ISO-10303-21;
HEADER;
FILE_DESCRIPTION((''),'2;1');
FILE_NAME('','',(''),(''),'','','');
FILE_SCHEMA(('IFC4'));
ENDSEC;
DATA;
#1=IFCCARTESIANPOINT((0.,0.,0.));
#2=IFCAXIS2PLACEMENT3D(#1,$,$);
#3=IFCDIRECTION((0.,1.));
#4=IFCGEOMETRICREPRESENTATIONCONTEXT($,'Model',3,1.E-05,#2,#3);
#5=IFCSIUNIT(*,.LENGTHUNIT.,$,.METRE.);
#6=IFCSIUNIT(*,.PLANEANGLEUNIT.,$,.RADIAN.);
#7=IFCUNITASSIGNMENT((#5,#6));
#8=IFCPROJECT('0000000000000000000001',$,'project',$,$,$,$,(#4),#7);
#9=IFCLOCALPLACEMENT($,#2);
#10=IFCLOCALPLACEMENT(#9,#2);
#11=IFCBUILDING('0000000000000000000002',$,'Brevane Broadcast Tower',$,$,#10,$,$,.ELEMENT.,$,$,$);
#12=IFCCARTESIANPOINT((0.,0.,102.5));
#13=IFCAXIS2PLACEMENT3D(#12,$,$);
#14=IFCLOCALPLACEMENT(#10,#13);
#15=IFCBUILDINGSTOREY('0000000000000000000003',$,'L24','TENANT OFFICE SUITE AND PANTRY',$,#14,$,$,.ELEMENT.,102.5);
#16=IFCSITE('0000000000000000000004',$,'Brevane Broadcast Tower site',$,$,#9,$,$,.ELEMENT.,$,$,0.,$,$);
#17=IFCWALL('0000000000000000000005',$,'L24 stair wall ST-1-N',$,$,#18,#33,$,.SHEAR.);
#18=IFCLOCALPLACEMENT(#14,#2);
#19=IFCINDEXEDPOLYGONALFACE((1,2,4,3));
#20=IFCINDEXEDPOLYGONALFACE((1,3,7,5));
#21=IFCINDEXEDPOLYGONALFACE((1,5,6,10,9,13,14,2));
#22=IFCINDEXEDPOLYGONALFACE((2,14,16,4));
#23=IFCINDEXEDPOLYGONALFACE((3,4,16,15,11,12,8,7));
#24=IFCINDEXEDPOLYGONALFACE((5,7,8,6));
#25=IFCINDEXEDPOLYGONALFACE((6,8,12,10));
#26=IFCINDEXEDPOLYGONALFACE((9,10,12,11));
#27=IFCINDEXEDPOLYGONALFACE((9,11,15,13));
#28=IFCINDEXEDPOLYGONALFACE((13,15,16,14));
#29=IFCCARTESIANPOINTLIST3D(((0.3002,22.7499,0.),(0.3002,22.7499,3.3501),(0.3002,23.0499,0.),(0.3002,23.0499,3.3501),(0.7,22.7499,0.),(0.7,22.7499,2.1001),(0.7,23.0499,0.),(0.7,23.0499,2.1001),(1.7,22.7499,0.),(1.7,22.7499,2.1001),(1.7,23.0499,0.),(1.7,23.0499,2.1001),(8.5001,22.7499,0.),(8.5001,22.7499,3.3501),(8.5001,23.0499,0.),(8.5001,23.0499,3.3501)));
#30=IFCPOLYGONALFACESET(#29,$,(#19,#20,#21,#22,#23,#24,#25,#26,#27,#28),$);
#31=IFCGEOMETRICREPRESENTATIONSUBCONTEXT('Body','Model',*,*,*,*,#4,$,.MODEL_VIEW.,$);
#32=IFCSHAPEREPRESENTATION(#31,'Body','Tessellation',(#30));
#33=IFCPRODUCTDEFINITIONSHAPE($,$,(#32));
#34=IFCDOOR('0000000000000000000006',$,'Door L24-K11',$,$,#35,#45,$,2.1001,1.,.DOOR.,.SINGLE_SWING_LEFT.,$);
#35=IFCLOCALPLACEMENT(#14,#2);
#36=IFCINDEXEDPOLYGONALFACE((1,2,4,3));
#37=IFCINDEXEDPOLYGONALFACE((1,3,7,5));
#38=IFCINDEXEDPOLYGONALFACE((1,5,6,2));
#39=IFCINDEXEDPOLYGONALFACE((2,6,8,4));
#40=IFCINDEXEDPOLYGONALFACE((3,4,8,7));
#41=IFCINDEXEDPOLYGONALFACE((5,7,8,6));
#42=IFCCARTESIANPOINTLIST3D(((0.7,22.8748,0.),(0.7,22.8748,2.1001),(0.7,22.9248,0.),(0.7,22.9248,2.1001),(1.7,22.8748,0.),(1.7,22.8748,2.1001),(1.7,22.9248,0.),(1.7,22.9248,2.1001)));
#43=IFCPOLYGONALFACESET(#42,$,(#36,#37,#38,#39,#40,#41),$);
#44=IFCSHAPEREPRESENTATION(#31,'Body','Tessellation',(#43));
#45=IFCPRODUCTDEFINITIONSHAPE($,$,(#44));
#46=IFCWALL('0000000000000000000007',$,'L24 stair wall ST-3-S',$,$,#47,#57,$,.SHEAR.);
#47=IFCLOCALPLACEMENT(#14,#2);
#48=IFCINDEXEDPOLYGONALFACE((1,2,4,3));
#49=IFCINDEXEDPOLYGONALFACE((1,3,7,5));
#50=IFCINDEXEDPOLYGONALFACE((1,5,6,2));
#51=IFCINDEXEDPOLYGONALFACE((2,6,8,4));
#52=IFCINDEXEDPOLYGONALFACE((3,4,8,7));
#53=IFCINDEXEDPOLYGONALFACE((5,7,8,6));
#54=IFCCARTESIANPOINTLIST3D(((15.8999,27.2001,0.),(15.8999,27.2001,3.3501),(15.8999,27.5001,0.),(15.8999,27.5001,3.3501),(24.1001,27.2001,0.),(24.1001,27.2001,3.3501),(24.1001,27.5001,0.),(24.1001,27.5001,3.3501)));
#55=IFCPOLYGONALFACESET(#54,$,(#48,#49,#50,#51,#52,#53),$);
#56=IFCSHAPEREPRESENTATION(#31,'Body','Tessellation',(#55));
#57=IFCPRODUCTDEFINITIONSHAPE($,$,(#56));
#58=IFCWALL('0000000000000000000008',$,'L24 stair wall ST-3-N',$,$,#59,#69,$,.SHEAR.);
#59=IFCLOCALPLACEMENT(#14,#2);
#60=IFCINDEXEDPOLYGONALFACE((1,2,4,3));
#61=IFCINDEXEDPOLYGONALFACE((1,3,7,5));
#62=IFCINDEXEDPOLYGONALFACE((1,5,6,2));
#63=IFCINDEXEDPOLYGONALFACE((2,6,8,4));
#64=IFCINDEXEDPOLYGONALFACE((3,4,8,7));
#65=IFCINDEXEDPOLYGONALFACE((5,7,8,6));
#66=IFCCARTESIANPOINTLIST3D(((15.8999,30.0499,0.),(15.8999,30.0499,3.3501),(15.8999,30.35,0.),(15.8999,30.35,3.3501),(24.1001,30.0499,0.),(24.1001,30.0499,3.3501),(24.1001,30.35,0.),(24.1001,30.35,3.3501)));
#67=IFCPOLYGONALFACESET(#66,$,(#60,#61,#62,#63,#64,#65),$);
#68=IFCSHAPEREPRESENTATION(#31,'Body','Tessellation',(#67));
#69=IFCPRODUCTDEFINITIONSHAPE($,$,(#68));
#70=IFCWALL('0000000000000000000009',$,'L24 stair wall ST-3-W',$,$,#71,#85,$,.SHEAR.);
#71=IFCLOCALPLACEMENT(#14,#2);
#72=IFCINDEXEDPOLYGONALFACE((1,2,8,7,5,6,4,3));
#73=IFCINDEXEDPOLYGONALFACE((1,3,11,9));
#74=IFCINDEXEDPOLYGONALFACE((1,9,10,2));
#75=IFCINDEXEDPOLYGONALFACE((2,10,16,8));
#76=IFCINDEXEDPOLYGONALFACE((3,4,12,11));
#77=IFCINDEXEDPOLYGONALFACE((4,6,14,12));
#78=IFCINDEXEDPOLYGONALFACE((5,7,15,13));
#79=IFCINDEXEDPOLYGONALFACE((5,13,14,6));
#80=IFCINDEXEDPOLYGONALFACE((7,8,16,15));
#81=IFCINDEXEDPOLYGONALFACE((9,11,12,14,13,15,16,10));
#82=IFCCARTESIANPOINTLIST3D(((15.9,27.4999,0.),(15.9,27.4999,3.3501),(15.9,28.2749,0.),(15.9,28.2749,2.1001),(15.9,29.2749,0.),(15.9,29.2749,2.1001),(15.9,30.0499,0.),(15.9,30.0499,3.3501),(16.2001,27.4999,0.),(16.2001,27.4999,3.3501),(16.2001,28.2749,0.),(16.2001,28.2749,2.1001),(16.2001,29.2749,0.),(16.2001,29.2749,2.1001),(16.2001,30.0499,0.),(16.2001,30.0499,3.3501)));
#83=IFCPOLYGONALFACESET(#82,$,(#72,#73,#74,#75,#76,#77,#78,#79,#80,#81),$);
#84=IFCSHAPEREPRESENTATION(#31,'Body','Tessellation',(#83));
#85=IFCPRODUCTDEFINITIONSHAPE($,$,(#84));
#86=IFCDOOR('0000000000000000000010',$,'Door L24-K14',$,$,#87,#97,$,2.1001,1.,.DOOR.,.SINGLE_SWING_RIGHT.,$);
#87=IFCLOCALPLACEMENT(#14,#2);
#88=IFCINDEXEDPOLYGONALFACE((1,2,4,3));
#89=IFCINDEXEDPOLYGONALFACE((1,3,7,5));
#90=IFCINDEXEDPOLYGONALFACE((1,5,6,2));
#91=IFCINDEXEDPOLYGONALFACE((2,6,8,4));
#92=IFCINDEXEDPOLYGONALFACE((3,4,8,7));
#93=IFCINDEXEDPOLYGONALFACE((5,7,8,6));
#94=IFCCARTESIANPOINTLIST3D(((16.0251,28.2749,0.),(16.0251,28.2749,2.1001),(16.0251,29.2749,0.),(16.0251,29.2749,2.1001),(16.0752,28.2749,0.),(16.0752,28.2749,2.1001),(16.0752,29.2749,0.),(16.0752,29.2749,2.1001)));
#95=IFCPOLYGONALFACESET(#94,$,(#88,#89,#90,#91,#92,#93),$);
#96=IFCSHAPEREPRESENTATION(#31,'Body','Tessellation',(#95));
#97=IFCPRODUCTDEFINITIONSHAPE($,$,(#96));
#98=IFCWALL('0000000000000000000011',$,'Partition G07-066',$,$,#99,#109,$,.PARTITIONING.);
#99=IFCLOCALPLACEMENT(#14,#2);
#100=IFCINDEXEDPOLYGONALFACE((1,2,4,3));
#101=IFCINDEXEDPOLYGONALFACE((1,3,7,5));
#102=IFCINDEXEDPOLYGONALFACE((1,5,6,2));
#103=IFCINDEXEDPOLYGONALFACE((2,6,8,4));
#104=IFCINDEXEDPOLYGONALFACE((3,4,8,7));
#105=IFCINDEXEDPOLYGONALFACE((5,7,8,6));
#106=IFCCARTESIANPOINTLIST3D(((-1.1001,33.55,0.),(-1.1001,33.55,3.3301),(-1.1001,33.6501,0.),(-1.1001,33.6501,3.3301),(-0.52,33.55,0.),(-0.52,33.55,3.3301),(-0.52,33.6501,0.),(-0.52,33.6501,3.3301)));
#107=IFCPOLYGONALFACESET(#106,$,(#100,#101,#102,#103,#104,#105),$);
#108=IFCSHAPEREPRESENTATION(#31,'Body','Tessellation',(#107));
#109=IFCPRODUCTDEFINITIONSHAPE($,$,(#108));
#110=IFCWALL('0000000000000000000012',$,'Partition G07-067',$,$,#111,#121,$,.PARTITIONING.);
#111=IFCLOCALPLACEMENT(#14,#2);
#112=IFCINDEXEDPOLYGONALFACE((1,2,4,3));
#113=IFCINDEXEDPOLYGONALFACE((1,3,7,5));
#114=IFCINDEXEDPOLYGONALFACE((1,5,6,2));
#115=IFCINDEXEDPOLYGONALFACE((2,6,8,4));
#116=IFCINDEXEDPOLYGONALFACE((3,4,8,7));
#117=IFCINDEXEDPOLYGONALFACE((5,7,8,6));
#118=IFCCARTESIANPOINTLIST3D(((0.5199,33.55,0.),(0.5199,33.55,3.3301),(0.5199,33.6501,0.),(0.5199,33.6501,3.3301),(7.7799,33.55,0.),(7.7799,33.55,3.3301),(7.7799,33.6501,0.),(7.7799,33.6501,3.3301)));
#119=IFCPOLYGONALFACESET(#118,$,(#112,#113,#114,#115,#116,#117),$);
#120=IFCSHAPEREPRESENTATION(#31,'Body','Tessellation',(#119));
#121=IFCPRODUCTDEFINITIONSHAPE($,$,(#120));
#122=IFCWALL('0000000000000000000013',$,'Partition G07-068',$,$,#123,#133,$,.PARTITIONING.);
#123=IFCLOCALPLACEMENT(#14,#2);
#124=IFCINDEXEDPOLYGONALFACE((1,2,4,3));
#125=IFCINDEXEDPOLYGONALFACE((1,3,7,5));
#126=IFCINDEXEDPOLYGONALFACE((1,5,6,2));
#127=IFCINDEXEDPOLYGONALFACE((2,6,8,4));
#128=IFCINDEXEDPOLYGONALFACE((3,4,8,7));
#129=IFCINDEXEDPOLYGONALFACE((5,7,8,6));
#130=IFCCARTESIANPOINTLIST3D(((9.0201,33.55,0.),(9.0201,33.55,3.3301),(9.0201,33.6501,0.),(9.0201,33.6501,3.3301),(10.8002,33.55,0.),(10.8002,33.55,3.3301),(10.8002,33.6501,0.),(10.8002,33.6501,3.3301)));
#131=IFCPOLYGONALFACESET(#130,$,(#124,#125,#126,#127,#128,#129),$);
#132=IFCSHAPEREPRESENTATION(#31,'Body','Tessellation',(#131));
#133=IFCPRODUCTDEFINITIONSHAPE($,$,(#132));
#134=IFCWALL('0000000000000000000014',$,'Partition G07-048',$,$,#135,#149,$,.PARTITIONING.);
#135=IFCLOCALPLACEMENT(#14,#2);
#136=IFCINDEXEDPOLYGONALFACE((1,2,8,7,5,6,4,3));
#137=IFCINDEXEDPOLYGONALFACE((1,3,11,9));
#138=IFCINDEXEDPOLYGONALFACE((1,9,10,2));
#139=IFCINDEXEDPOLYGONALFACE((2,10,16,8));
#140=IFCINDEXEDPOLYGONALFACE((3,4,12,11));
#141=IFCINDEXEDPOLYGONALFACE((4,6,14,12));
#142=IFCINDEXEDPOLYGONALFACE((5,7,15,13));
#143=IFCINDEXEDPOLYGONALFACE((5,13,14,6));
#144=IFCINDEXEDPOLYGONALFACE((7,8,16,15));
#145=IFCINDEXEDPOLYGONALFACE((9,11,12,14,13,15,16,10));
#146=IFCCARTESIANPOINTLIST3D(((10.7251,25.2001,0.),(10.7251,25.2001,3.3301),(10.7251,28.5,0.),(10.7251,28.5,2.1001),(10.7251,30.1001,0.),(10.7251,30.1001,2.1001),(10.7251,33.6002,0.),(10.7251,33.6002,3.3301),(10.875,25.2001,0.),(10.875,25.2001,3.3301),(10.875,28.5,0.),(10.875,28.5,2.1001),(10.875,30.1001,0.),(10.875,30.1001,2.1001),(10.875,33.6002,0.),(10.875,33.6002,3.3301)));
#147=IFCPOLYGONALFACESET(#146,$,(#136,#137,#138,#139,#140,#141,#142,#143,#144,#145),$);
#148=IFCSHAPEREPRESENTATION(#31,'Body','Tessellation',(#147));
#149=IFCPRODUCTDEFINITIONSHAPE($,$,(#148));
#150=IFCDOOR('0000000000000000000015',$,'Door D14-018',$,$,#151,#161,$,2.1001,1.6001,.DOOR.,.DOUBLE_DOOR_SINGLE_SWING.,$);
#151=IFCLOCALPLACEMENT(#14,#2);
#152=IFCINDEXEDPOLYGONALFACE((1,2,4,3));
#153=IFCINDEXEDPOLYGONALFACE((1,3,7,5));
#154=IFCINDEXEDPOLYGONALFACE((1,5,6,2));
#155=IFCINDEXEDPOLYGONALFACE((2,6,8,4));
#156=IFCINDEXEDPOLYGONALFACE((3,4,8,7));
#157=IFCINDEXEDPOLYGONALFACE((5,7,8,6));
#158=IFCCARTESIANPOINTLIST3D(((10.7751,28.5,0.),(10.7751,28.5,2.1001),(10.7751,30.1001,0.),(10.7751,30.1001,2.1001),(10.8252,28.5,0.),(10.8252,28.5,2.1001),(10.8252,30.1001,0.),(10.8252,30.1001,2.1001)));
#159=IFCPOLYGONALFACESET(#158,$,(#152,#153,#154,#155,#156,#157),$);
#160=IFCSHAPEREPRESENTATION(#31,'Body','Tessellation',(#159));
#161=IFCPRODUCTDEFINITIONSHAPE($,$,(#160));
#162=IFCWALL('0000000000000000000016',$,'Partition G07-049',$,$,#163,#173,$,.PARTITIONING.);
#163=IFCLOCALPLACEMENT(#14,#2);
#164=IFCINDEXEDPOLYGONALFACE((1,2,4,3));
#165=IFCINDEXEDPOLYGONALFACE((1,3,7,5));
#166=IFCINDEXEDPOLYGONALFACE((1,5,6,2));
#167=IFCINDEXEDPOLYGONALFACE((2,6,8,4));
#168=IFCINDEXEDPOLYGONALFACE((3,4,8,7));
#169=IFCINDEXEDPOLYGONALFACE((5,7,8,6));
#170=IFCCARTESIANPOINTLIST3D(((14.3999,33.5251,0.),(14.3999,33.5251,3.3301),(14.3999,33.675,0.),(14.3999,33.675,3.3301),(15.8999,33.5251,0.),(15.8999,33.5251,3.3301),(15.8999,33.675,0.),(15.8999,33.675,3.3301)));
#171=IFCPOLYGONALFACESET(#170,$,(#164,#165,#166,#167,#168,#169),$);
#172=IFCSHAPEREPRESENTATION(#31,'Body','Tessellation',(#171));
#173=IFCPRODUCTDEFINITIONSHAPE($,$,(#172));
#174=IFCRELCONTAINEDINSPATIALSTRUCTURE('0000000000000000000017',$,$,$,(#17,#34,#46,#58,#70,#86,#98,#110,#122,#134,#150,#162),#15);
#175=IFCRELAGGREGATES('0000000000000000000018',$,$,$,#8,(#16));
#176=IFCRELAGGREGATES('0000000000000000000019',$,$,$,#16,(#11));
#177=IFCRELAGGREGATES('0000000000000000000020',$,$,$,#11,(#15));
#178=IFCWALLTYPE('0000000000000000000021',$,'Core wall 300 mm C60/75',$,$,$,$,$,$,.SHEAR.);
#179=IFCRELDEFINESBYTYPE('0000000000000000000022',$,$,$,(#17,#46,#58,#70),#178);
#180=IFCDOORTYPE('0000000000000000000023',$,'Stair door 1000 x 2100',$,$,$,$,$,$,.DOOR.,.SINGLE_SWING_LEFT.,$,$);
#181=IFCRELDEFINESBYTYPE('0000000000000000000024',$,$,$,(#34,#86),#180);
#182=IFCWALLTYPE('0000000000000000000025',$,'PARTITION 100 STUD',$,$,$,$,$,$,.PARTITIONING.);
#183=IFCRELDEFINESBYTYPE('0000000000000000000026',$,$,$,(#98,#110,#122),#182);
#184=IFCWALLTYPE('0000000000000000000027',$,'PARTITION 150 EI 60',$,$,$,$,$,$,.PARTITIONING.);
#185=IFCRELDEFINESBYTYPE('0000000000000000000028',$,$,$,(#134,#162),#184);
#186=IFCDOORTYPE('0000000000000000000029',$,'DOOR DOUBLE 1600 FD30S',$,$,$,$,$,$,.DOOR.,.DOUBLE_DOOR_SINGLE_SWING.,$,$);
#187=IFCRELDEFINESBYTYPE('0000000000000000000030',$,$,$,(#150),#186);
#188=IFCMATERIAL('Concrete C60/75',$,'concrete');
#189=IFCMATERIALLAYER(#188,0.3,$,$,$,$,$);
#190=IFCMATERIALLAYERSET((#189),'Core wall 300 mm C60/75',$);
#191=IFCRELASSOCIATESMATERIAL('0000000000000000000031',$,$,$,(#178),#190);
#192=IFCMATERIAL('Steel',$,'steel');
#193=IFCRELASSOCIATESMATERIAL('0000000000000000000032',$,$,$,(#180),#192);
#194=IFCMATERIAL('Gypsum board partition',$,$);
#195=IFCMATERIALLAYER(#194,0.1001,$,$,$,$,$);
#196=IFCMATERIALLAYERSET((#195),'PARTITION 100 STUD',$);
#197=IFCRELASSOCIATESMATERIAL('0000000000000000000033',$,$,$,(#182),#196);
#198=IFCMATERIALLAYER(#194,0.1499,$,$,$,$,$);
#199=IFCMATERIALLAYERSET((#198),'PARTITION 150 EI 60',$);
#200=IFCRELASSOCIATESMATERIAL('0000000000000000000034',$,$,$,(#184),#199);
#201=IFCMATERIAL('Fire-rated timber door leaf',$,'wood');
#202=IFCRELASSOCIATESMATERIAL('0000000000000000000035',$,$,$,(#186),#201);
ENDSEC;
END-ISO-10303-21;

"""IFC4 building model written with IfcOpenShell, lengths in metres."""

from ifc_helpers import new_model, si_unit, direction, frame, frame_2d, origin, place, context, subcontext, project, spatial, rectangle, extrude, material, layer, layer_set, type_object, element, fill, save


model = new_model("IFC4")

# Units and contexts
model_context = context("Model", 3, precision=1e-05, world=origin(), true_north=direction((0.0, 1.0)))
body_context = subcontext(model_context, "Body", "Model", "MODEL_VIEW")
ifc_project = project(units=[si_unit("LENGTHUNIT", "METRE"), si_unit("PLANEANGLEUNIT", "RADIAN")], contexts=[model_context])

# Site, building, storey
site_placement = place(None, origin())
site = spatial("IfcSite", under=ifc_project, at=site_placement, Name="Brevane Broadcast Tower site", CompositionType="ELEMENT", RefElevation=0.0)
building_placement = place(site_placement, origin())
building = spatial("IfcBuilding", under=site, at=building_placement, Name="Brevane Broadcast Tower", CompositionType="ELEMENT")
storey_placement = place(building_placement, frame((0.0, 0.0, 102.5)))
storey = spatial("IfcBuildingStorey", under=building, at=storey_placement, Name="L24", Description="TENANT OFFICE SUITE AND PANTRY", CompositionType="ELEMENT", Elevation=102.5)

# Shared definitions
ifc_material_1 = material(Name="Concrete C60/75", Category="concrete")

# Wall, opening, door
ifc_layer_1 = layer(ifc_material_1, 0.3)
ifc_layer_set_1 = layer_set([ifc_layer_1], Name="Core wall 300 mm C60/75")
wall_type_1 = type_object("IfcWallType", Name="Core wall 300 mm C60/75", PredefinedType="SHEAR", material=ifc_layer_set_1)
wall_1_placement = place(storey_placement, frame((0.3, 22.8999, 0.0), z_axis=(0.0, 0.0, 1.0), x_axis=(1.0, 0.0, 0.0)))
wall_1 = element("IfcWall", 1, at=wall_1_placement, inside=storey, type_object=wall_type_1, Name="L24 stair wall ST-1-N", PredefinedType="SHEAR", context=body_context, shape_type="SweptSolid", body=[
    extrude(rectangle(XDim=8.2, YDim=0.3, at=frame_2d((4.1001, 0.0))), origin(), (0.0, 0.0, 1.0), 3.3501),
])
opening_1_placement = place(wall_1_placement, frame((0.3999, 0.0, 0.0)))
opening_1 = element("IfcOpeningElement", 2, at=opening_1_placement, cuts=wall_1, PredefinedType="OPENING", context=body_context, shape_type="SweptSolid", body=[
    extrude(rectangle(XDim=1.0, YDim=2.1001, at=frame_2d((0.5, 1.05))), frame((0.0, 0.1599, 0.0), z_axis=(0.0, -1.0, 0.0), x_axis=(1.0, 0.0, 0.0)), (0.0, 0.0, 1.0), 0.3201),
])
ifc_material_2 = material(Name="Steel", Category="steel")
door_type_1 = type_object("IfcDoorType", Name="Stair door 1000 x 2100", OperationType="SINGLE_SWING_LEFT", PredefinedType="DOOR", material=ifc_material_2)
door_1_placement = place(opening_1_placement, origin())
door_1 = element("IfcDoor", 3, at=door_1_placement, inside=storey, type_object=door_type_1, Name="Door L24-K11", OperationType="SINGLE_SWING_LEFT", OverallHeight=2.1001, OverallWidth=1.0, PredefinedType="DOOR", context=body_context, shape_type="SweptSolid", body=[
    extrude(rectangle(XDim=1.0, YDim=2.1001, at=frame_2d((0.5, 1.05))), frame((0.0, 0.0249, 0.0), z_axis=(0.0, -1.0, 0.0), x_axis=(1.0, 0.0, 0.0)), (0.0, 0.0, 1.0), 0.05),
])
fill(opening_1, door_1)

# Walls
for number, where, z_axis, x_axis, name in (
    (4, (15.8999, 27.3501, 0.0), (0.0, 0.0, 1.0), (1.0, 0.0, 0.0), "L24 stair wall ST-3-S"),
    (5, (15.8999, 30.2, 0.0), (0.0, 0.0, 1.0), (1.0, 0.0, 0.0), "L24 stair wall ST-3-N"),
):
    element("IfcWall", number, at=place(storey_placement, frame(where, z_axis=z_axis, x_axis=x_axis)), inside=storey, type_object=wall_type_1, Name=name, PredefinedType="SHEAR", context=body_context, shape_type="SweptSolid", body=[
        extrude(rectangle(XDim=8.2002, YDim=0.3, at=frame_2d((4.1001, 0.0))), origin(), (0.0, 0.0, 1.0), 3.3501),
    ])

# Wall, opening, door
wall_2_placement = place(storey_placement, frame((16.05, 27.5, 0.0), z_axis=(0.0, 0.0, 1.0), x_axis=(0.0, 1.0, 0.0)))
wall_2 = element("IfcWall", 6, at=wall_2_placement, inside=storey, type_object=wall_type_1, Name="L24 stair wall ST-3-W", PredefinedType="SHEAR", context=body_context, shape_type="SweptSolid", body=[
    extrude(rectangle(XDim=2.55, YDim=0.3, at=frame_2d((1.2749, 0.0))), origin(), (0.0, 0.0, 1.0), 3.3501),
])
opening_2_placement = place(wall_2_placement, frame((0.7749, 0.0, 0.0)))
opening_2 = element("IfcOpeningElement", 7, at=opening_2_placement, cuts=wall_2, PredefinedType="OPENING", context=body_context, shape_type="SweptSolid", body=[
    extrude(rectangle(XDim=1.0, YDim=2.1001, at=frame_2d((0.5, 1.05))), frame((0.0, 0.1599, 0.0), z_axis=(0.0, -1.0, 0.0), x_axis=(1.0, 0.0, 0.0)), (0.0, 0.0, 1.0), 0.3201),
])
door_2_placement = place(opening_2_placement, origin())
door_2 = element("IfcDoor", 8, at=door_2_placement, inside=storey, type_object=door_type_1, Name="Door L24-K14", OperationType="SINGLE_SWING_RIGHT", OverallHeight=2.1001, OverallWidth=1.0, PredefinedType="DOOR", context=body_context, shape_type="SweptSolid", body=[
    extrude(rectangle(XDim=1.0, YDim=2.1001, at=frame_2d((0.5, 1.05))), frame((0.0, 0.0249, 0.0), z_axis=(0.0, -1.0, 0.0), x_axis=(1.0, 0.0, 0.0)), (0.0, 0.0, 1.0), 0.05),
])
fill(opening_2, door_2)

# Walls
ifc_material_3 = material(Name="Gypsum board partition")
ifc_layer_2 = layer(ifc_material_3, 0.1001)
ifc_layer_set_2 = layer_set([ifc_layer_2], Name="PARTITION 100 STUD")
wall_type_2 = type_object("IfcWallType", Name="PARTITION 100 STUD", PredefinedType="PARTITIONING", material=ifc_layer_set_2)
wall_3_placement = place(storey_placement, frame((-1.1001, 33.6001, 0.0), z_axis=(0.0, 0.0, 1.0), x_axis=(1.0, 0.0, 0.0)))
element("IfcWall", 9, at=wall_3_placement, inside=storey, type_object=wall_type_2, Name="Partition G07-066", PredefinedType="PARTITIONING", context=body_context, shape_type="SweptSolid", body=[
    extrude(rectangle(XDim=0.5801, YDim=0.1001, at=frame_2d((0.29, 0.0))), origin(), (0.0, 0.0, 1.0), 3.3301),
])
wall_4_placement = place(storey_placement, frame((0.52, 33.6001, 0.0), z_axis=(0.0, 0.0, 1.0), x_axis=(1.0, 0.0, 0.0)))
element("IfcWall", 10, at=wall_4_placement, inside=storey, type_object=wall_type_2, Name="Partition G07-067", PredefinedType="PARTITIONING", context=body_context, shape_type="SweptSolid", body=[
    extrude(rectangle(XDim=7.26, YDim=0.1001, at=frame_2d((3.6299, 0.0))), origin(), (0.0, 0.0, 1.0), 3.3301),
])
wall_5_placement = place(storey_placement, frame((9.02, 33.6001, 0.0), z_axis=(0.0, 0.0, 1.0), x_axis=(1.0, 0.0, 0.0)))
element("IfcWall", 11, at=wall_5_placement, inside=storey, type_object=wall_type_2, Name="Partition G07-068", PredefinedType="PARTITIONING", context=body_context, shape_type="SweptSolid", body=[
    extrude(rectangle(XDim=1.78, YDim=0.1001, at=frame_2d((0.8901, 0.0))), origin(), (0.0, 0.0, 1.0), 3.3301),
])

# Wall, opening, door
ifc_layer_3 = layer(ifc_material_3, 0.1499)
ifc_layer_set_3 = layer_set([ifc_layer_3], Name="PARTITION 150 EI 60")
wall_type_3 = type_object("IfcWallType", Name="PARTITION 150 EI 60", PredefinedType="PARTITIONING", material=ifc_layer_set_3)
wall_6_placement = place(storey_placement, frame((10.8, 25.2, 0.0), z_axis=(0.0, 0.0, 1.0), x_axis=(0.0, 1.0, 0.0)))
wall_6 = element("IfcWall", 12, at=wall_6_placement, inside=storey, type_object=wall_type_3, Name="Partition G07-048", PredefinedType="PARTITIONING", context=body_context, shape_type="SweptSolid", body=[
    extrude(rectangle(XDim=8.4001, YDim=0.1499, at=frame_2d((4.2002, 0.0))), origin(), (0.0, 0.0, 1.0), 3.3301),
])
opening_3_placement = place(wall_6_placement, frame((3.3, 0.0, 0.0)))
opening_3 = element("IfcOpeningElement", 13, at=opening_3_placement, cuts=wall_6, PredefinedType="OPENING", context=body_context, shape_type="SweptSolid", body=[
    extrude(rectangle(XDim=1.6001, YDim=2.1001, at=frame_2d((0.8, 1.05))), frame((0.0, 0.085, 0.0), z_axis=(0.0, -1.0, 0.0), x_axis=(1.0, 0.0, 0.0)), (0.0, 0.0, 1.0), 0.1699),
])
ifc_material_4 = material(Name="Fire-rated timber door leaf", Category="wood")
door_type_2 = type_object("IfcDoorType", Name="DOOR DOUBLE 1600 FD30S", OperationType="DOUBLE_DOOR_SINGLE_SWING", PredefinedType="DOOR", material=ifc_material_4)
door_3_placement = place(opening_3_placement, origin())
door_3 = element("IfcDoor", 14, at=door_3_placement, inside=storey, type_object=door_type_2, Name="Door D14-018", OperationType="DOUBLE_DOOR_SINGLE_SWING", OverallHeight=2.1001, OverallWidth=1.6001, PredefinedType="DOOR", context=body_context, shape_type="SweptSolid", body=[
    extrude(rectangle(XDim=1.6001, YDim=2.1001, at=frame_2d((0.8, 1.05))), frame((0.0, 0.0249, 0.0), z_axis=(0.0, -1.0, 0.0), x_axis=(1.0, 0.0, 0.0)), (0.0, 0.0, 1.0), 0.05),
])
fill(opening_3, door_3)

# Wall
wall_7_placement = place(storey_placement, frame((14.3999, 33.6001, 0.0), z_axis=(0.0, 0.0, 1.0), x_axis=(1.0, 0.0, 0.0)))
element("IfcWall", 15, at=wall_7_placement, inside=storey, type_object=wall_type_3, Name="Partition G07-049", PredefinedType="PARTITIONING", context=body_context, shape_type="SweptSolid", body=[
    extrude(rectangle(XDim=1.5, YDim=0.1499, at=frame_2d((0.75, 0.0))), origin(), (0.0, 0.0, 1.0), 3.3301),
])

save(model, "model.ifc")
